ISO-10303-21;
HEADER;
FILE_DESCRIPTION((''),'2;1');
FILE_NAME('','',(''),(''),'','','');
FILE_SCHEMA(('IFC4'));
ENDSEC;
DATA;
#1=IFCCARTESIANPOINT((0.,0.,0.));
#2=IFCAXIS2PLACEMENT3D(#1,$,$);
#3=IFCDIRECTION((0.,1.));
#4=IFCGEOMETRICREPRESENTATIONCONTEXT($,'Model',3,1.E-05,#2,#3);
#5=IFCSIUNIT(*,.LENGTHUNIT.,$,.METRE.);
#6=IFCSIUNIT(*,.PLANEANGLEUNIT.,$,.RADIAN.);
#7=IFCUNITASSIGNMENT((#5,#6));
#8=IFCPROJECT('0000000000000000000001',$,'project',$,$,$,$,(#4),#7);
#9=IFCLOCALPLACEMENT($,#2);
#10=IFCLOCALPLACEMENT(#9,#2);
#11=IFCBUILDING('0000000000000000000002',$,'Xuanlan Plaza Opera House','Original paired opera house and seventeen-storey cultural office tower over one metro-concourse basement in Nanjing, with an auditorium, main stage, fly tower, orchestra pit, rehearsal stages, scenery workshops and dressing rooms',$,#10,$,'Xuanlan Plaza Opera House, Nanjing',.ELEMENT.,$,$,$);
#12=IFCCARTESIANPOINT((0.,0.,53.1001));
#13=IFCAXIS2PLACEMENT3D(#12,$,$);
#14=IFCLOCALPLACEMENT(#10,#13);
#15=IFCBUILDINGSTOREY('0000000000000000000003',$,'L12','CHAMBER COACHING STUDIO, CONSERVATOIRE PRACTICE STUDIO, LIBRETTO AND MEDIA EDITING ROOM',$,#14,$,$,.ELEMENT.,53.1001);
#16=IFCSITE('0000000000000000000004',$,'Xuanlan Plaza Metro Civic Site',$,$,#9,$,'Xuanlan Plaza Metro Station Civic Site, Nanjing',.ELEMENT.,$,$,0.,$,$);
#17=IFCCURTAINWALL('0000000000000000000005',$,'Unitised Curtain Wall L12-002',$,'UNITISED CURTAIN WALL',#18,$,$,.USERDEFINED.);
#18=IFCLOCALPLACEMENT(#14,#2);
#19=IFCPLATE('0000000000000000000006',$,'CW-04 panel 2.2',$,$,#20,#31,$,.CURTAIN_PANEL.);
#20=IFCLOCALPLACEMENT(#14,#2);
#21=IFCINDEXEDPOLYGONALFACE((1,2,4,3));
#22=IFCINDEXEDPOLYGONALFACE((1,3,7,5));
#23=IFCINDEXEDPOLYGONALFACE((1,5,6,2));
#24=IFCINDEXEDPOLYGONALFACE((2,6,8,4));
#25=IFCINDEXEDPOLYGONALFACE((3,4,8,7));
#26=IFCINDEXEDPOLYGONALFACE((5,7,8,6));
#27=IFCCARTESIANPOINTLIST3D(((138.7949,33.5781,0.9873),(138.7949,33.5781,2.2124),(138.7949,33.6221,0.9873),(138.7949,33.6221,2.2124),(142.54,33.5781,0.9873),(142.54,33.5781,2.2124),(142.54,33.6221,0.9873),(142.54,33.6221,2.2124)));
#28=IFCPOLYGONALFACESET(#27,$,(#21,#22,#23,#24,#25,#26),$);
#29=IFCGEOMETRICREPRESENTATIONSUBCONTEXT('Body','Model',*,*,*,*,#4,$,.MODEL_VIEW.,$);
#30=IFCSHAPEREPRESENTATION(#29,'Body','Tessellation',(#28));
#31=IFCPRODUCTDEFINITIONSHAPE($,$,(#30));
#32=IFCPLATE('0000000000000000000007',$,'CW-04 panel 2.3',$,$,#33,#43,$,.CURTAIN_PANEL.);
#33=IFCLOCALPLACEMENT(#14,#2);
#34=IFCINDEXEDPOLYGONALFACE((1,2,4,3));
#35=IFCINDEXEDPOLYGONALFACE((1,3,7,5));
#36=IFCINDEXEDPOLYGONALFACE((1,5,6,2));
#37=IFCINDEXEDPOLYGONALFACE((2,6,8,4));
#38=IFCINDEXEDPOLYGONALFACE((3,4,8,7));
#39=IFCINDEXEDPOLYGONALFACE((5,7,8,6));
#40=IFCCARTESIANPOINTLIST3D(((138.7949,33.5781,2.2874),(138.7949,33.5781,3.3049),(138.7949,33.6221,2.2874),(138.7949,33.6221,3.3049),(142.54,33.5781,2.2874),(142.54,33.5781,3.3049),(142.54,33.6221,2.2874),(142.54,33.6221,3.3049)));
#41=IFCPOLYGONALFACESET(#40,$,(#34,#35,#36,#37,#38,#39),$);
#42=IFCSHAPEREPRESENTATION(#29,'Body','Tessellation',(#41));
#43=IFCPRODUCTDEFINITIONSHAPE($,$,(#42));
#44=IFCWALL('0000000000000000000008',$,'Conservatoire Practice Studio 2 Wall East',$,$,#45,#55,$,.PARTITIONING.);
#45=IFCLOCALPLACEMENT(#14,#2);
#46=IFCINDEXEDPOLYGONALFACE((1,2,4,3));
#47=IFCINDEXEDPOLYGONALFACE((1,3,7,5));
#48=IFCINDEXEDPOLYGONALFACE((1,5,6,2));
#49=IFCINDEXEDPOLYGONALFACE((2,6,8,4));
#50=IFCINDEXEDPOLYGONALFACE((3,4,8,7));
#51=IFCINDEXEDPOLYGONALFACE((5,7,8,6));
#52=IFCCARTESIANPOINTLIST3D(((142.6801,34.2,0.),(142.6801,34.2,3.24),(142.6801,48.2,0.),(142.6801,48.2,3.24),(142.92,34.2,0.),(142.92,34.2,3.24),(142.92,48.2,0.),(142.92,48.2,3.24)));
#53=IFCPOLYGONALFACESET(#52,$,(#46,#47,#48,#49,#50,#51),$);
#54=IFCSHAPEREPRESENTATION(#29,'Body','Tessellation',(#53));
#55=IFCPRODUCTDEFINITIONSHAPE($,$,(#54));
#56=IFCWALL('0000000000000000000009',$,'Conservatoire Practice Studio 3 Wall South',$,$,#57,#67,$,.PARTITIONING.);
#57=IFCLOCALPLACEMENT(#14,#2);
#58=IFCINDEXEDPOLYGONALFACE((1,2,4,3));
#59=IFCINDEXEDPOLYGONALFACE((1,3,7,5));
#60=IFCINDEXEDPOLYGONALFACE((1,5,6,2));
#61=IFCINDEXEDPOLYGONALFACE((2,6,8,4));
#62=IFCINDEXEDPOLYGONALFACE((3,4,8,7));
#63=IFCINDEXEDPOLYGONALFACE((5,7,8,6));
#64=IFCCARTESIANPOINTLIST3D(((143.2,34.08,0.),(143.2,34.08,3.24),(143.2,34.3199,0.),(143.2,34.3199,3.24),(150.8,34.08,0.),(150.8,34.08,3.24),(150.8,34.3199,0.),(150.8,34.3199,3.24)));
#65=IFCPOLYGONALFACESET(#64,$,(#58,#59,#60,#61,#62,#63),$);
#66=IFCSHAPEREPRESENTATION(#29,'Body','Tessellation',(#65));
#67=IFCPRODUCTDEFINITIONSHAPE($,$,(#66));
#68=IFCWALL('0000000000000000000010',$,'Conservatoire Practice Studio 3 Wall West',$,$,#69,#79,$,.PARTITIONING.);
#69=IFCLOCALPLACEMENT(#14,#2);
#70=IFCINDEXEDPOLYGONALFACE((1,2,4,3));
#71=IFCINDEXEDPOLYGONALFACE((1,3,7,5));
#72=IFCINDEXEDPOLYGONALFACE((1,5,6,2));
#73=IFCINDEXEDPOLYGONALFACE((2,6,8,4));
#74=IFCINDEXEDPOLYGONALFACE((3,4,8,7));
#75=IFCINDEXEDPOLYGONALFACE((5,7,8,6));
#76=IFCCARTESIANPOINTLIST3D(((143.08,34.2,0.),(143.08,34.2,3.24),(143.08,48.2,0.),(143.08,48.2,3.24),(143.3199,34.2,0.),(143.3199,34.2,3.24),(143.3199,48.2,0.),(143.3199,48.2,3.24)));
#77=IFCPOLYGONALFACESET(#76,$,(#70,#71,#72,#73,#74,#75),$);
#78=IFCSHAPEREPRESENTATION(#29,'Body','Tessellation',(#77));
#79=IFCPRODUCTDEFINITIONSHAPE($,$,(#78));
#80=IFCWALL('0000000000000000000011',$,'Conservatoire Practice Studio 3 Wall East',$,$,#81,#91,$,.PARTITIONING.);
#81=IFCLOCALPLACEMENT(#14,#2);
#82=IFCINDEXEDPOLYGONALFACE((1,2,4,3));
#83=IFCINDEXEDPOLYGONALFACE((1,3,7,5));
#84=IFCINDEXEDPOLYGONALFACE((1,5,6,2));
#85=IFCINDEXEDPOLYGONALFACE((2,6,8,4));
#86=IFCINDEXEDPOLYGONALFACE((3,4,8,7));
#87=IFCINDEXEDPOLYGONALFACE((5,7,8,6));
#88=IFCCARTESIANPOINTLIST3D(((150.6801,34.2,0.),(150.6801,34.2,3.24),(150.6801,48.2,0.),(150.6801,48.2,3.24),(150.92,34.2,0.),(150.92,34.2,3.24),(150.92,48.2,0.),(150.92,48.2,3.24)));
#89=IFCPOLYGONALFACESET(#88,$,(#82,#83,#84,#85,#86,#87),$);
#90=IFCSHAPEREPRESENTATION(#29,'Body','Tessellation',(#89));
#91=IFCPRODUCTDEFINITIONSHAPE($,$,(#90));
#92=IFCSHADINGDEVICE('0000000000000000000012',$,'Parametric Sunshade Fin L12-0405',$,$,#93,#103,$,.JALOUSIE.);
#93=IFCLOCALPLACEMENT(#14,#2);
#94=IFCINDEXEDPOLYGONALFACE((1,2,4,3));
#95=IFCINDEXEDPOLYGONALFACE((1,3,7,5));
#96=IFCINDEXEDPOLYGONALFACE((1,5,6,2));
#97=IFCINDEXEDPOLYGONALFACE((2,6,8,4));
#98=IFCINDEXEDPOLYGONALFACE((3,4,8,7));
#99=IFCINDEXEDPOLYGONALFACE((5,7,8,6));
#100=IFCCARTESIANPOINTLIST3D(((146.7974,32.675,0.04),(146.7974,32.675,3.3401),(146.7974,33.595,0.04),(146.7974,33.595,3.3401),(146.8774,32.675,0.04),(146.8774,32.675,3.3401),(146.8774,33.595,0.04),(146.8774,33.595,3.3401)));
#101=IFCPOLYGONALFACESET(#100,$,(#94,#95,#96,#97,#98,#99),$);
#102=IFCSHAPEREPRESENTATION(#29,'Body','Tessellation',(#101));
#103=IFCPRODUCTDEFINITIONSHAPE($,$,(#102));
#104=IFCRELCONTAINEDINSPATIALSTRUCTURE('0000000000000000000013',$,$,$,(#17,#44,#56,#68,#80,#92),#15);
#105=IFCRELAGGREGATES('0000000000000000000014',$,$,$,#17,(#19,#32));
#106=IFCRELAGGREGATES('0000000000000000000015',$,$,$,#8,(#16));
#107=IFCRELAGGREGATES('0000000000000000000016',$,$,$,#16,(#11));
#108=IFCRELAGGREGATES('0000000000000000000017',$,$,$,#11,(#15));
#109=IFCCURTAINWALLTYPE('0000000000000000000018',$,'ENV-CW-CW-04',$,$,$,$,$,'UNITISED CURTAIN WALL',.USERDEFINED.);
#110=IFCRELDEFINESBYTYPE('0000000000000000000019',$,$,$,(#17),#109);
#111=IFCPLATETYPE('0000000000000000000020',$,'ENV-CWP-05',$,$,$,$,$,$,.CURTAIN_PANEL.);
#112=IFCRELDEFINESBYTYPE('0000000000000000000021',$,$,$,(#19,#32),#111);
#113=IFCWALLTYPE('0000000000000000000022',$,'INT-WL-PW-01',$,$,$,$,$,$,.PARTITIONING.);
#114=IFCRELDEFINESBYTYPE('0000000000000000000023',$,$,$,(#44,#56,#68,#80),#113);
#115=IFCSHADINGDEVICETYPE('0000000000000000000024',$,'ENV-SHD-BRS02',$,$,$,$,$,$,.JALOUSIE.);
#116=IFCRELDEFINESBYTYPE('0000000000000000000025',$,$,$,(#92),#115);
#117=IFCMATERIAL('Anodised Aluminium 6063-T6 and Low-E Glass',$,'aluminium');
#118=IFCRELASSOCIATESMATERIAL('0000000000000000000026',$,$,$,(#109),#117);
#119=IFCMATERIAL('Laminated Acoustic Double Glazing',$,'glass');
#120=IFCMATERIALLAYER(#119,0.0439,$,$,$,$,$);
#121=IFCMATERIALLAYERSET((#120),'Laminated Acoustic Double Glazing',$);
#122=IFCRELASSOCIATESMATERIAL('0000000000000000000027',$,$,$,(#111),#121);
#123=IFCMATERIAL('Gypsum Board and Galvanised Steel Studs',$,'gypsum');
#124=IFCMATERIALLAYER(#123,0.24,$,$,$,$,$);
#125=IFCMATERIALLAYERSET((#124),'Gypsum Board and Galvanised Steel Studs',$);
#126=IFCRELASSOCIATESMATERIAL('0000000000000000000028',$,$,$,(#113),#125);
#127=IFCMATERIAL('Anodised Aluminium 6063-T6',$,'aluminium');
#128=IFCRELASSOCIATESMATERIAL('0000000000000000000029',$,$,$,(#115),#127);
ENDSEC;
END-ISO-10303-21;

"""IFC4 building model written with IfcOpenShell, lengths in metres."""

from ifc_helpers import new_model, si_unit, direction, frame, frame_2d, origin, origin_2d, place, context, subcontext, project, spatial, rectangle, extrude, material, layer, layer_set, type_object, element, aggregate, save


model = new_model("IFC4")

# Units and contexts
model_context = context("Model", 3, precision=1e-05, world=origin(), true_north=direction((0.0, 1.0)))
body_context = subcontext(model_context, "Body", "Model", "MODEL_VIEW")
ifc_project = project(units=[si_unit("LENGTHUNIT", "METRE"), si_unit("PLANEANGLEUNIT", "RADIAN")], contexts=[model_context])

# Site, building, storey
site_placement = place(None, origin())
site = spatial("IfcSite", under=ifc_project, at=site_placement, Name="Xuanlan Plaza Metro Civic Site", LongName="Xuanlan Plaza Metro Station Civic Site, Nanjing", CompositionType="ELEMENT", RefElevation=0.0)
building_placement = place(site_placement, origin())
building = spatial("IfcBuilding", under=site, at=building_placement, Name="Xuanlan Plaza Opera House", Description="Original paired opera house and seventeen-storey cultural office tower over one metro-concourse basement in Nanjing, with an auditorium, main stage, fly tower, orchestra pit, rehearsal stages, scenery workshops and dressing rooms", LongName="Xuanlan Plaza Opera House, Nanjing", CompositionType="ELEMENT")
storey_placement = place(building_placement, frame((0.0, 0.0, 53.1001)))
storey = spatial("IfcBuildingStorey", under=building, at=storey_placement, Name="L12", Description="CHAMBER COACHING STUDIO, CONSERVATOIRE PRACTICE STUDIO, LIBRETTO AND MEDIA EDITING ROOM", CompositionType="ELEMENT", Elevation=53.1001)

# Curtain wall
ifc_material_1 = material(Name="Anodised Aluminium 6063-T6 and Low-E Glass", Category="aluminium")
curtain_wall_type_1 = type_object("IfcCurtainWallType", Name="ENV-CW-CW-04", ElementType="UNITISED CURTAIN WALL", PredefinedType="USERDEFINED", material=ifc_material_1)
curtain_wall_1_placement = place(storey_placement, origin())
curtain_wall_1 = element("IfcCurtainWall", 1, at=curtain_wall_1_placement, inside=storey, type_object=curtain_wall_type_1, Name="Unitised Curtain Wall L12-002", ObjectType="UNITISED CURTAIN WALL", PredefinedType="USERDEFINED")
ifc_material_2 = material(Name="Anodised Aluminium 6063-T6", Category="aluminium")

# Plates
ifc_material_3 = material(Name="Laminated Acoustic Double Glazing", Category="glass")
ifc_layer_1 = layer(ifc_material_3, 0.0439)
ifc_layer_set_1 = layer_set([ifc_layer_1], Name="Laminated Acoustic Double Glazing")
plate_type_1 = type_object("IfcPlateType", Name="ENV-CWP-05", PredefinedType="CURTAIN_PANEL", material=ifc_layer_set_1)
plate_1_placement = place(storey_placement, frame((140.6675, 33.6001, 0.9873), z_axis=(0.0, 0.0, 1.0), x_axis=(1.0, 0.0, 0.0)))
plate_1 = element("IfcPlate", 2, at=plate_1_placement, type_object=plate_type_1, Name="CW-04 panel 2.2", PredefinedType="CURTAIN_PANEL", context=body_context, shape_type="SweptSolid", body=[
    extrude(rectangle(XDim=3.7451, YDim=0.0439, at=origin_2d()), origin(), (0.0, 0.0, 1.0), 1.2251),
])
plate_2_placement = place(storey_placement, frame((140.6675, 33.6001, 2.2874), z_axis=(0.0, 0.0, 1.0), x_axis=(1.0, 0.0, 0.0)))
plate_2 = element("IfcPlate", 3, at=plate_2_placement, type_object=plate_type_1, Name="CW-04 panel 2.3", PredefinedType="CURTAIN_PANEL", context=body_context, shape_type="SweptSolid", body=[
    extrude(rectangle(XDim=3.7451, YDim=0.0439, at=origin_2d()), origin(), (0.0, 0.0, 1.0), 1.0176),
])
aggregate(curtain_wall_1, [plate_1, plate_2])

# Walls
ifc_material_4 = material(Name="Gypsum Board and Galvanised Steel Studs", Category="gypsum")
ifc_layer_2 = layer(ifc_material_4, 0.24)
ifc_layer_set_2 = layer_set([ifc_layer_2], Name="Gypsum Board and Galvanised Steel Studs")
wall_type = type_object("IfcWallType", Name="INT-WL-PW-01", PredefinedType="PARTITIONING", material=ifc_layer_set_2)
wall_1_placement = place(storey_placement, frame((142.8, 34.2, 0.0), z_axis=(0.0, 0.0, 1.0), x_axis=(0.0, 1.0, 0.0)))
element("IfcWall", 4, at=wall_1_placement, inside=storey, type_object=wall_type, Name="Conservatoire Practice Studio 2 Wall East", PredefinedType="PARTITIONING", context=body_context, shape_type="SweptSolid", body=[
    extrude(rectangle(XDim=14.0, YDim=0.24, at=frame_2d((7.0, 0.0))), origin(), (0.0, 0.0, 1.0), 3.24),
])
wall_2_placement = place(storey_placement, frame((143.2, 34.2, 0.0), z_axis=(0.0, 0.0, 1.0), x_axis=(1.0, 0.0, 0.0)))
element("IfcWall", 5, at=wall_2_placement, inside=storey, type_object=wall_type, Name="Conservatoire Practice Studio 3 Wall South", PredefinedType="PARTITIONING", context=body_context, shape_type="SweptSolid", body=[
    extrude(rectangle(XDim=7.6001, YDim=0.24, at=frame_2d((3.8, 0.0))), origin(), (0.0, 0.0, 1.0), 3.24),
])
for number, where, z_axis, x_axis, name in (
    (6, (143.2, 34.2, 0.0), (0.0, 0.0, 1.0), (0.0, 1.0, 0.0), "Conservatoire Practice Studio 3 Wall West"),
    (7, (150.8, 34.2, 0.0), (0.0, 0.0, 1.0), (0.0, 1.0, 0.0), "Conservatoire Practice Studio 3 Wall East"),
):
    element("IfcWall", number, at=place(storey_placement, frame(where, z_axis=z_axis, x_axis=x_axis)), inside=storey, type_object=wall_type, Name=name, PredefinedType="PARTITIONING", context=body_context, shape_type="SweptSolid", body=[
        extrude(rectangle(XDim=14.0, YDim=0.24, at=frame_2d((7.0, 0.0))), origin(), (0.0, 0.0, 1.0), 3.24),
    ])

# Shading device
shading_device_type = type_object("IfcShadingDeviceType", Name="ENV-SHD-BRS02", PredefinedType="JALOUSIE", material=ifc_material_2)
shading_device_placement = place(storey_placement, frame((146.8374, 33.135, 0.04), z_axis=(0.0, 0.0, 1.0), x_axis=(0.0, -1.0, 0.0)))
element("IfcShadingDevice", 8, at=shading_device_placement, inside=storey, type_object=shading_device_type, Name="Parametric Sunshade Fin L12-0405", PredefinedType="JALOUSIE", context=body_context, shape_type="SweptSolid", body=[
    extrude(rectangle(XDim=0.9199, YDim=0.0801, at=origin_2d()), origin(), (0.0, 0.0, 1.0), 3.3),
])

save(model, "model.ifc")
